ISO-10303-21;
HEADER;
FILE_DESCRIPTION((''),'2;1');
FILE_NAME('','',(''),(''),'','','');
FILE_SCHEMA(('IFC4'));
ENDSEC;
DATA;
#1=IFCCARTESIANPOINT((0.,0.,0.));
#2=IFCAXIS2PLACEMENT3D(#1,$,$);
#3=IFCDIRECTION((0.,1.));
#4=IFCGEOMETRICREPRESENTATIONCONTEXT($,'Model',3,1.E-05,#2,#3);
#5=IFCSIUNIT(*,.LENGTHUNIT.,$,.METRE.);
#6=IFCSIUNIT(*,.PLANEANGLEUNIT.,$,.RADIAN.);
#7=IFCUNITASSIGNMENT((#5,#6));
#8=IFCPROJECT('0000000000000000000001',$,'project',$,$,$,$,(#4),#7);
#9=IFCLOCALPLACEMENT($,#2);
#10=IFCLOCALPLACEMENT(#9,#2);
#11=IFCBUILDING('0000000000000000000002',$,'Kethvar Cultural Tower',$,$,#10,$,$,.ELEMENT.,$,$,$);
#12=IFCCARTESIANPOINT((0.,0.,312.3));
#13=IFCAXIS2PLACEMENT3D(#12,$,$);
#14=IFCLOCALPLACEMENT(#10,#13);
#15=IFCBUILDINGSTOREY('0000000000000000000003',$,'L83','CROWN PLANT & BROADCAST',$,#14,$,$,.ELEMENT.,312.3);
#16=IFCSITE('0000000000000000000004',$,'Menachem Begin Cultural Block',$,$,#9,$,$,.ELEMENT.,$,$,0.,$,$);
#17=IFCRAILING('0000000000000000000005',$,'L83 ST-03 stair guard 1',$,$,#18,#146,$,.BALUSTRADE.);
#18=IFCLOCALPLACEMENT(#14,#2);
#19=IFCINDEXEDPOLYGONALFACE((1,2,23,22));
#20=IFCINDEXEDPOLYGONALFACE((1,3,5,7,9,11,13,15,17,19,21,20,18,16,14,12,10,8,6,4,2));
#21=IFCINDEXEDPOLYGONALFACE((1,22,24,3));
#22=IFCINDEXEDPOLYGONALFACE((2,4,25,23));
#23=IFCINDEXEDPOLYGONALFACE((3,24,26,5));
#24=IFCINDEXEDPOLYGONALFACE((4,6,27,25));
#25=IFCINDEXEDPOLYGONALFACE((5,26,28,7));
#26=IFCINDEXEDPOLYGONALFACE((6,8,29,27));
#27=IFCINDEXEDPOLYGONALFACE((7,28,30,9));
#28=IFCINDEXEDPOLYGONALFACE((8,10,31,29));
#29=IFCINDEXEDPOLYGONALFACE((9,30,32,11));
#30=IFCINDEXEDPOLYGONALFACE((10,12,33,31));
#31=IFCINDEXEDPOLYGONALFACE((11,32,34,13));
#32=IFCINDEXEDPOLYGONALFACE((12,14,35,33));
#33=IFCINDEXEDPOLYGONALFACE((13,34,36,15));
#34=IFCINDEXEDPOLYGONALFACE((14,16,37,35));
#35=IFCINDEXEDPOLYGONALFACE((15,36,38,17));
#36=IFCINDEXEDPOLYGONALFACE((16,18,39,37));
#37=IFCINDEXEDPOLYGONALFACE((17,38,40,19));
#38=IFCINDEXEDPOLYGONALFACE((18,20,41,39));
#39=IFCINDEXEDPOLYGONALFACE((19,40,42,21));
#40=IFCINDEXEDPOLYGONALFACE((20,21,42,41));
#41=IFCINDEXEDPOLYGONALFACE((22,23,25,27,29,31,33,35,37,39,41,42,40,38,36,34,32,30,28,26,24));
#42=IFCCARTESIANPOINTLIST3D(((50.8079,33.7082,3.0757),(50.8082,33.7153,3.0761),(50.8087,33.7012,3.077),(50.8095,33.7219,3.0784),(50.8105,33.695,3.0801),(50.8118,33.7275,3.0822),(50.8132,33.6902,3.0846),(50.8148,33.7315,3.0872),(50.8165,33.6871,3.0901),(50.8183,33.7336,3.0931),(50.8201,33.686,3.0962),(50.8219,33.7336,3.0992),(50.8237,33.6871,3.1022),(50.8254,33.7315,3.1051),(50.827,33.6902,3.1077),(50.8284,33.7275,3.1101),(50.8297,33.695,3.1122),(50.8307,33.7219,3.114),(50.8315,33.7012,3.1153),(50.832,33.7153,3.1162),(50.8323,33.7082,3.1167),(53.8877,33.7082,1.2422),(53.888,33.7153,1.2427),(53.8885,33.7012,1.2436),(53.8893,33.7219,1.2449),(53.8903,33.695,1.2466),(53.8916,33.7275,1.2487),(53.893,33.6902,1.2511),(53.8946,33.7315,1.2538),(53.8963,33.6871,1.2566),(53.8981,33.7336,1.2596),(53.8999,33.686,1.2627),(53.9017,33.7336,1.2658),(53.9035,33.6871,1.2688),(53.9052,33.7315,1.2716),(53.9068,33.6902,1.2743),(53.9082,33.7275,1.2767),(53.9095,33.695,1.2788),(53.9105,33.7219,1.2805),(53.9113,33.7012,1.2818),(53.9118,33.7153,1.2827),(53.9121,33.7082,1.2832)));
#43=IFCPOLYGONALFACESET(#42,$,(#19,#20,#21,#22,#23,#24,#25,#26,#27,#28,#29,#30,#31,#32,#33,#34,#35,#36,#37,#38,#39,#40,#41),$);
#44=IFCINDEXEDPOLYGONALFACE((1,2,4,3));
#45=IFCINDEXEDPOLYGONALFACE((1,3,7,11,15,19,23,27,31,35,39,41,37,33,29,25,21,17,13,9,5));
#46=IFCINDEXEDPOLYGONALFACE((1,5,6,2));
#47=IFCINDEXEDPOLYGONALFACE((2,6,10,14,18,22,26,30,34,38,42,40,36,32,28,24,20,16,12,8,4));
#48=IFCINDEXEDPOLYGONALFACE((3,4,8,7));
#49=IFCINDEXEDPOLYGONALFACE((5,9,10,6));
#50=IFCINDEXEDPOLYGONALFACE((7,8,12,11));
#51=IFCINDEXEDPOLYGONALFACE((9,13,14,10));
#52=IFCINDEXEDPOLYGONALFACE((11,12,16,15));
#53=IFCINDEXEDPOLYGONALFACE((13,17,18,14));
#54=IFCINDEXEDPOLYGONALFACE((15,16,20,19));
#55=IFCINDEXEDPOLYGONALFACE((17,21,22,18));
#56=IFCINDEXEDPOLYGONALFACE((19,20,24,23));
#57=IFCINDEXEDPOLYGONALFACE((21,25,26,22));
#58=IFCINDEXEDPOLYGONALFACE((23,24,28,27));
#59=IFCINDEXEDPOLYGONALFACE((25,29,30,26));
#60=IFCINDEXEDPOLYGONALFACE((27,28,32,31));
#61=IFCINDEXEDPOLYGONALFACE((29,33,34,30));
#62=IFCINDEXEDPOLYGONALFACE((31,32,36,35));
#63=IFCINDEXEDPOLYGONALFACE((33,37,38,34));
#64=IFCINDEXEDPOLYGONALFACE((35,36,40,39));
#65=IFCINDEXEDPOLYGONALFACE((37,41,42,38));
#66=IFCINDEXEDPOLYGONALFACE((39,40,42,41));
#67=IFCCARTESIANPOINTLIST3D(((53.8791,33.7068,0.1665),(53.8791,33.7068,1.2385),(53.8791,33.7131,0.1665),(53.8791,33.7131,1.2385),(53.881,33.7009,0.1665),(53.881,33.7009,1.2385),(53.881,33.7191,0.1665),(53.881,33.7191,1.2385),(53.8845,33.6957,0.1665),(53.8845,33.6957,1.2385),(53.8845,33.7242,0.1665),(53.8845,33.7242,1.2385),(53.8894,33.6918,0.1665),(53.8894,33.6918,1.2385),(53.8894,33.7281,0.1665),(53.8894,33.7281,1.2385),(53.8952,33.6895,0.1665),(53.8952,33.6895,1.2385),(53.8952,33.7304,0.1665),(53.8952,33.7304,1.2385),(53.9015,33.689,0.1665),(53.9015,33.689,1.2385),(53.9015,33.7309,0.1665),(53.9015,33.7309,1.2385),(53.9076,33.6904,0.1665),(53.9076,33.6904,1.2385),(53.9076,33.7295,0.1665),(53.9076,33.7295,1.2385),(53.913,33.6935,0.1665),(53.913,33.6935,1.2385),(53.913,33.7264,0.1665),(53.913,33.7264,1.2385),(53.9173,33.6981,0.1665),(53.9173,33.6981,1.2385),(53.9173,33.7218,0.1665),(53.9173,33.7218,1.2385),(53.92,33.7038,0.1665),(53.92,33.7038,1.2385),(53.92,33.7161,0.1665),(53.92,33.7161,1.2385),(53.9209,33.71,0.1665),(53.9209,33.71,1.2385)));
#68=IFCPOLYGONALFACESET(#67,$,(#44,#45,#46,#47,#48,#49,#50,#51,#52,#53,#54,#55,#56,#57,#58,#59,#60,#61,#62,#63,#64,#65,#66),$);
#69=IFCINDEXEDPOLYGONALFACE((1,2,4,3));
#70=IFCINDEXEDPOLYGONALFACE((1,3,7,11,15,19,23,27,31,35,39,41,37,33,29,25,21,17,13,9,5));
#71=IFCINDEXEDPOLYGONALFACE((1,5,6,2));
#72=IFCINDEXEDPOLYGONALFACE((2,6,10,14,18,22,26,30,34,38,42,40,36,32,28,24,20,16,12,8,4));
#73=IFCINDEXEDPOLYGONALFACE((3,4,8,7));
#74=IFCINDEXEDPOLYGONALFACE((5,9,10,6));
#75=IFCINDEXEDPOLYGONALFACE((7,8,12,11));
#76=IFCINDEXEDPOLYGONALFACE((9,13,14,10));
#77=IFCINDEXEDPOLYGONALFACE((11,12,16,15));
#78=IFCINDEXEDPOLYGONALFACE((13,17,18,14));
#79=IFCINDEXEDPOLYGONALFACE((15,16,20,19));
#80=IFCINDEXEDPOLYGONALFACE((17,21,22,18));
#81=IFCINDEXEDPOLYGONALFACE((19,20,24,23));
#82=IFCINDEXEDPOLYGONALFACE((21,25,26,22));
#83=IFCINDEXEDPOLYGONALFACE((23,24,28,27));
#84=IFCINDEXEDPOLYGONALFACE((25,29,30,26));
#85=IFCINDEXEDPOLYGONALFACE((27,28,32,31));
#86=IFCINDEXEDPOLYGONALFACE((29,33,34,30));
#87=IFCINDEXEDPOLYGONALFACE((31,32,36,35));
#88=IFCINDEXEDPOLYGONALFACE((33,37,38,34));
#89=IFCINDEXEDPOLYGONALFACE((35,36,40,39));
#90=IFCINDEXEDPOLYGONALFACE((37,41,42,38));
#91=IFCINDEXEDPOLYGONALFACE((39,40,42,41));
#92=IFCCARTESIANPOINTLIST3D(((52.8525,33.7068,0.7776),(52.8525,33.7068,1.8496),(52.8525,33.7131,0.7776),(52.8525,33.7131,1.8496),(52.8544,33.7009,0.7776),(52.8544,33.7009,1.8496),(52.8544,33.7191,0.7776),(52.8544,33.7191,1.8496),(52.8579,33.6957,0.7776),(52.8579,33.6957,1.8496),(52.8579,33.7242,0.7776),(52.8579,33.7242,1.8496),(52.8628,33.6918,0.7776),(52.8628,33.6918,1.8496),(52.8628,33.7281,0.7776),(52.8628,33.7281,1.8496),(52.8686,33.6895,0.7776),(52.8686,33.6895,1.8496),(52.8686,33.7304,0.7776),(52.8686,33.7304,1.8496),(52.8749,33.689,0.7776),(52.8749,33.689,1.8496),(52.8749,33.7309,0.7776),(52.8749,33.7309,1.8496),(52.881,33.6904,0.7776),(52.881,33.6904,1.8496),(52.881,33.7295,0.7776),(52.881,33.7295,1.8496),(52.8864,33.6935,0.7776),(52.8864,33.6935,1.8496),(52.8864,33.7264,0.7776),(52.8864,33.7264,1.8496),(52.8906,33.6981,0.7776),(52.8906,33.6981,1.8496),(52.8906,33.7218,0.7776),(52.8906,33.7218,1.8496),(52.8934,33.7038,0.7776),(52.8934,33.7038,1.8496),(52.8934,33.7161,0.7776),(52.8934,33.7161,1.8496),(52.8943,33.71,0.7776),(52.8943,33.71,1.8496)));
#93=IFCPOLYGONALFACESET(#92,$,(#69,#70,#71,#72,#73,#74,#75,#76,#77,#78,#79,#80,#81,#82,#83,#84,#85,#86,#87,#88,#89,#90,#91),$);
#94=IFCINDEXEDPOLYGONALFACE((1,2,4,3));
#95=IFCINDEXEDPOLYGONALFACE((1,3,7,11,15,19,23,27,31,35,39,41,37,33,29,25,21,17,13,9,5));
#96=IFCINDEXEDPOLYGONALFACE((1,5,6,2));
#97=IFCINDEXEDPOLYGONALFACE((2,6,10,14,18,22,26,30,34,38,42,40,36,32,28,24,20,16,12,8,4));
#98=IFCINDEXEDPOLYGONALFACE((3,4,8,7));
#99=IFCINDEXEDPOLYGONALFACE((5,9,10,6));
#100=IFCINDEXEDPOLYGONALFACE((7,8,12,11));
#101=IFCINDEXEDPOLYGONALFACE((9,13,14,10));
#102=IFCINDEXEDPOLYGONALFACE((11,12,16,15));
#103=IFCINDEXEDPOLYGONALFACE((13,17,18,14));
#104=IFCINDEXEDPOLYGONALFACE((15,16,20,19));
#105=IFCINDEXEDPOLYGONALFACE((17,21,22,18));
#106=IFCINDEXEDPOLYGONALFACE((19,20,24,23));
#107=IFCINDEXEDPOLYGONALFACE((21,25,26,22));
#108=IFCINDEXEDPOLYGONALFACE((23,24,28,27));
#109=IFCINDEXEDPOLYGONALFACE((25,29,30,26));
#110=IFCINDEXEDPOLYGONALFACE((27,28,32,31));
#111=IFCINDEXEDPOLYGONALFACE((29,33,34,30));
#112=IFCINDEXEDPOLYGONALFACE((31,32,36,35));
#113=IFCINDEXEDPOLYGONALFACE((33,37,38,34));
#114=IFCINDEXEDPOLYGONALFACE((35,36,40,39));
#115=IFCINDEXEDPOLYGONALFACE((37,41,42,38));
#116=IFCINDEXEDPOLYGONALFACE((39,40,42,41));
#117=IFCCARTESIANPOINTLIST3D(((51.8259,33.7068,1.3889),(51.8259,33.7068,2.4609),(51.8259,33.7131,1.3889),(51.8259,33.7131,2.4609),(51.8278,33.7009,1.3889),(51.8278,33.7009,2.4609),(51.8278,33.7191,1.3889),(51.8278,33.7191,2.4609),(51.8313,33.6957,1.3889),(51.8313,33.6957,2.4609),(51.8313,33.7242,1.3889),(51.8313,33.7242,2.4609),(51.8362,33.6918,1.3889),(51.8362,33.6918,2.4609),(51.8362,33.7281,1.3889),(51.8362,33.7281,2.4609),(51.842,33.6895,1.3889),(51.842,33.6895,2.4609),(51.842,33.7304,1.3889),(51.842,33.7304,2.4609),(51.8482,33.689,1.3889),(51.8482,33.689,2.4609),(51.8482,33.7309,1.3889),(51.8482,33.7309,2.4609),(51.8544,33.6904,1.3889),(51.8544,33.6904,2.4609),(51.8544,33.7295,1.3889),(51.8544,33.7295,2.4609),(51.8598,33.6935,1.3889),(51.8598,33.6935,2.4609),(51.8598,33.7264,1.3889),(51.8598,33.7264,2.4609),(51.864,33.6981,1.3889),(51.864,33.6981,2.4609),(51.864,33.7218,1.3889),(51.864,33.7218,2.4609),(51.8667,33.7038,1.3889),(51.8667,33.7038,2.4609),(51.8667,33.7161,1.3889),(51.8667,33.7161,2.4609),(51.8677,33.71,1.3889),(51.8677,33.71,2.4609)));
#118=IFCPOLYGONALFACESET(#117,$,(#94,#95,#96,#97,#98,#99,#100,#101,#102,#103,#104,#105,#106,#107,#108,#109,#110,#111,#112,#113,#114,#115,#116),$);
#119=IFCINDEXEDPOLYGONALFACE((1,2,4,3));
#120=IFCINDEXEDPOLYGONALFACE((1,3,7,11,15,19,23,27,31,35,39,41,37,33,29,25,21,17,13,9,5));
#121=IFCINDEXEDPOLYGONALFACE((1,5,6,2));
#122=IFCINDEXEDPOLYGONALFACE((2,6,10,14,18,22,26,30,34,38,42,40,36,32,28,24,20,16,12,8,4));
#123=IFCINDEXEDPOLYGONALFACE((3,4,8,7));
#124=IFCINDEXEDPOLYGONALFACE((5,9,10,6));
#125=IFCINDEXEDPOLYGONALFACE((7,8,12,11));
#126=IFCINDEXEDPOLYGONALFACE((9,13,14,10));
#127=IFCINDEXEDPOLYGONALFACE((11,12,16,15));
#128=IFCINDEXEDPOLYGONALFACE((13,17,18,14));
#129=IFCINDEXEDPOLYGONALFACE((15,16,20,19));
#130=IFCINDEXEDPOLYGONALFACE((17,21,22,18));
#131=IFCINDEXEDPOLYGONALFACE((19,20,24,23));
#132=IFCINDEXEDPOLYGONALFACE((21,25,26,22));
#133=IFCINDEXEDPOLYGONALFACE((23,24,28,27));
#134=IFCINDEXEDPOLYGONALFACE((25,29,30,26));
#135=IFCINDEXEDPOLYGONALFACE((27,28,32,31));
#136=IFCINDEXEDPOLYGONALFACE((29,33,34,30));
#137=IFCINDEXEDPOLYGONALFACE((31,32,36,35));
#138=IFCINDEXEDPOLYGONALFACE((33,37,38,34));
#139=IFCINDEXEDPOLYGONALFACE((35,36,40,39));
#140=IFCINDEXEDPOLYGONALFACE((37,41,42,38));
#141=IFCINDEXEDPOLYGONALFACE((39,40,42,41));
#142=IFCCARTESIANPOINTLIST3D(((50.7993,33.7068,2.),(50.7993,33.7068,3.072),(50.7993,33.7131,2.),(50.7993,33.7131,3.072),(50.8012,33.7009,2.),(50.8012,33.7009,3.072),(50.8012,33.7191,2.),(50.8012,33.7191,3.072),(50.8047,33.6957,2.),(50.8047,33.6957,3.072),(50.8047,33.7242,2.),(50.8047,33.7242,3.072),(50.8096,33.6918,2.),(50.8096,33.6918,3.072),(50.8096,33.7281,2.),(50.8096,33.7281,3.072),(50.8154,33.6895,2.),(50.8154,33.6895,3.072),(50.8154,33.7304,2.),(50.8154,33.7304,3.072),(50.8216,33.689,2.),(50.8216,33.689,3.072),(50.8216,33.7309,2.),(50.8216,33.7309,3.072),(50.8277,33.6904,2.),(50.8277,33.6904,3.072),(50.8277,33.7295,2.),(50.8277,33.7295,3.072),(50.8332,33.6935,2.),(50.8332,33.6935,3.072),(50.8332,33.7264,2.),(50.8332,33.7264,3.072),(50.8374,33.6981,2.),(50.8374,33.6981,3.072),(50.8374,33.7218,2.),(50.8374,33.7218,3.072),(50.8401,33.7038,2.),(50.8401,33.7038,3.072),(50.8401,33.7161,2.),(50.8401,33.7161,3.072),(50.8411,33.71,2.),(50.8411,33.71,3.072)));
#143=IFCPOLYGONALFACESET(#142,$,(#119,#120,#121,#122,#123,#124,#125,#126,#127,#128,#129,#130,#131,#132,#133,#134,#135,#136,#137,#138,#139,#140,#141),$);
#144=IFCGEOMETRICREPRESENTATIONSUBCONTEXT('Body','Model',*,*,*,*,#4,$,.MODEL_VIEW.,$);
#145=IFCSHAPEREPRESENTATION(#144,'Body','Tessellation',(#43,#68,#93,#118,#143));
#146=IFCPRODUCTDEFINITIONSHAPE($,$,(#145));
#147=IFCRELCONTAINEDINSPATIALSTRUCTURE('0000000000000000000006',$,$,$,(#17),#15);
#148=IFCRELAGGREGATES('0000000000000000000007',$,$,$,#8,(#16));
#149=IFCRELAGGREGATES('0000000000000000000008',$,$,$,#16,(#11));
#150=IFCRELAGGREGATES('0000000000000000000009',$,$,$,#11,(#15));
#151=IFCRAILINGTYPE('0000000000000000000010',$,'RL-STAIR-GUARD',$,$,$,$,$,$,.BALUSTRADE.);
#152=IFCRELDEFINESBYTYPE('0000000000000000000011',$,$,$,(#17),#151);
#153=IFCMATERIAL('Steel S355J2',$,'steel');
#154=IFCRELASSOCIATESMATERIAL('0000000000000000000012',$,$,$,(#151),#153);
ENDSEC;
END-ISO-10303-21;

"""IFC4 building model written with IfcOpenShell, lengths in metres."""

from ifc_helpers import new_model, si_unit, direction, frame, origin, origin_2d, place, context, subcontext, project, spatial, circle, extrude, material, type_object, element, save


model = new_model("IFC4")

# Units and contexts
model_context = context("Model", 3, precision=1e-05, world=origin(), true_north=direction((0.0, 1.0)))
body_context = subcontext(model_context, "Body", "Model", "MODEL_VIEW")
ifc_project = project(units=[si_unit("LENGTHUNIT", "METRE"), si_unit("PLANEANGLEUNIT", "RADIAN")], contexts=[model_context])

# Site, building, storey
site_placement = place(None, origin())
site = spatial("IfcSite", under=ifc_project, at=site_placement, Name="Menachem Begin Cultural Block", CompositionType="ELEMENT", RefElevation=0.0)
building_placement = place(site_placement, origin())
building = spatial("IfcBuilding", under=site, at=building_placement, Name="Kethvar Cultural Tower", CompositionType="ELEMENT")
storey_placement = place(building_placement, frame((0.0, 0.0, 312.3)))
storey = spatial("IfcBuildingStorey", under=building, at=storey_placement, Name="L83", Description="CROWN PLANT & BROADCAST", CompositionType="ELEMENT", Elevation=312.3)

# Shared definitions
ifc_material_1 = material(Name="Steel S355J2", Category="steel")

# Railing
railing_type_1 = type_object("IfcRailingType", Name="RL-STAIR-GUARD", PredefinedType="BALUSTRADE", material=ifc_material_1)
railing_1_placement = place(storey_placement, frame((53.8999, 33.71, 0.1665)))
element("IfcRailing", 1, at=railing_1_placement, inside=storey, type_object=railing_type_1, Name="L83 ST-03 stair guard 1", PredefinedType="BALUSTRADE", context=body_context, shape_type="SweptSolid", body=[
    extrude(circle(Radius=0.0239, at=origin_2d()), frame((0.0, 0.0, 1.0962), z_axis=(-0.859261, 0.0, 0.511538), x_axis=(0.0, -1.0, 0.0)), (0.0, 0.0, 1.0), 3.5842),
    extrude(circle(Radius=0.021, at=origin_2d()), origin(), (0.0, 0.0, 1.0), 1.072),
    extrude(circle(Radius=0.021, at=origin_2d()), frame((-1.0266, 0.0, 0.6111)), (0.0, 0.0, 1.0), 1.072),
    extrude(circle(Radius=0.021, at=origin_2d()), frame((-2.0532, 0.0, 1.2224)), (0.0, 0.0, 1.0), 1.072),
    extrude(circle(Radius=0.021, at=origin_2d()), frame((-3.0798, 0.0, 1.8335)), (0.0, 0.0, 1.0), 1.072),
])

save(model, "model.ifc")
